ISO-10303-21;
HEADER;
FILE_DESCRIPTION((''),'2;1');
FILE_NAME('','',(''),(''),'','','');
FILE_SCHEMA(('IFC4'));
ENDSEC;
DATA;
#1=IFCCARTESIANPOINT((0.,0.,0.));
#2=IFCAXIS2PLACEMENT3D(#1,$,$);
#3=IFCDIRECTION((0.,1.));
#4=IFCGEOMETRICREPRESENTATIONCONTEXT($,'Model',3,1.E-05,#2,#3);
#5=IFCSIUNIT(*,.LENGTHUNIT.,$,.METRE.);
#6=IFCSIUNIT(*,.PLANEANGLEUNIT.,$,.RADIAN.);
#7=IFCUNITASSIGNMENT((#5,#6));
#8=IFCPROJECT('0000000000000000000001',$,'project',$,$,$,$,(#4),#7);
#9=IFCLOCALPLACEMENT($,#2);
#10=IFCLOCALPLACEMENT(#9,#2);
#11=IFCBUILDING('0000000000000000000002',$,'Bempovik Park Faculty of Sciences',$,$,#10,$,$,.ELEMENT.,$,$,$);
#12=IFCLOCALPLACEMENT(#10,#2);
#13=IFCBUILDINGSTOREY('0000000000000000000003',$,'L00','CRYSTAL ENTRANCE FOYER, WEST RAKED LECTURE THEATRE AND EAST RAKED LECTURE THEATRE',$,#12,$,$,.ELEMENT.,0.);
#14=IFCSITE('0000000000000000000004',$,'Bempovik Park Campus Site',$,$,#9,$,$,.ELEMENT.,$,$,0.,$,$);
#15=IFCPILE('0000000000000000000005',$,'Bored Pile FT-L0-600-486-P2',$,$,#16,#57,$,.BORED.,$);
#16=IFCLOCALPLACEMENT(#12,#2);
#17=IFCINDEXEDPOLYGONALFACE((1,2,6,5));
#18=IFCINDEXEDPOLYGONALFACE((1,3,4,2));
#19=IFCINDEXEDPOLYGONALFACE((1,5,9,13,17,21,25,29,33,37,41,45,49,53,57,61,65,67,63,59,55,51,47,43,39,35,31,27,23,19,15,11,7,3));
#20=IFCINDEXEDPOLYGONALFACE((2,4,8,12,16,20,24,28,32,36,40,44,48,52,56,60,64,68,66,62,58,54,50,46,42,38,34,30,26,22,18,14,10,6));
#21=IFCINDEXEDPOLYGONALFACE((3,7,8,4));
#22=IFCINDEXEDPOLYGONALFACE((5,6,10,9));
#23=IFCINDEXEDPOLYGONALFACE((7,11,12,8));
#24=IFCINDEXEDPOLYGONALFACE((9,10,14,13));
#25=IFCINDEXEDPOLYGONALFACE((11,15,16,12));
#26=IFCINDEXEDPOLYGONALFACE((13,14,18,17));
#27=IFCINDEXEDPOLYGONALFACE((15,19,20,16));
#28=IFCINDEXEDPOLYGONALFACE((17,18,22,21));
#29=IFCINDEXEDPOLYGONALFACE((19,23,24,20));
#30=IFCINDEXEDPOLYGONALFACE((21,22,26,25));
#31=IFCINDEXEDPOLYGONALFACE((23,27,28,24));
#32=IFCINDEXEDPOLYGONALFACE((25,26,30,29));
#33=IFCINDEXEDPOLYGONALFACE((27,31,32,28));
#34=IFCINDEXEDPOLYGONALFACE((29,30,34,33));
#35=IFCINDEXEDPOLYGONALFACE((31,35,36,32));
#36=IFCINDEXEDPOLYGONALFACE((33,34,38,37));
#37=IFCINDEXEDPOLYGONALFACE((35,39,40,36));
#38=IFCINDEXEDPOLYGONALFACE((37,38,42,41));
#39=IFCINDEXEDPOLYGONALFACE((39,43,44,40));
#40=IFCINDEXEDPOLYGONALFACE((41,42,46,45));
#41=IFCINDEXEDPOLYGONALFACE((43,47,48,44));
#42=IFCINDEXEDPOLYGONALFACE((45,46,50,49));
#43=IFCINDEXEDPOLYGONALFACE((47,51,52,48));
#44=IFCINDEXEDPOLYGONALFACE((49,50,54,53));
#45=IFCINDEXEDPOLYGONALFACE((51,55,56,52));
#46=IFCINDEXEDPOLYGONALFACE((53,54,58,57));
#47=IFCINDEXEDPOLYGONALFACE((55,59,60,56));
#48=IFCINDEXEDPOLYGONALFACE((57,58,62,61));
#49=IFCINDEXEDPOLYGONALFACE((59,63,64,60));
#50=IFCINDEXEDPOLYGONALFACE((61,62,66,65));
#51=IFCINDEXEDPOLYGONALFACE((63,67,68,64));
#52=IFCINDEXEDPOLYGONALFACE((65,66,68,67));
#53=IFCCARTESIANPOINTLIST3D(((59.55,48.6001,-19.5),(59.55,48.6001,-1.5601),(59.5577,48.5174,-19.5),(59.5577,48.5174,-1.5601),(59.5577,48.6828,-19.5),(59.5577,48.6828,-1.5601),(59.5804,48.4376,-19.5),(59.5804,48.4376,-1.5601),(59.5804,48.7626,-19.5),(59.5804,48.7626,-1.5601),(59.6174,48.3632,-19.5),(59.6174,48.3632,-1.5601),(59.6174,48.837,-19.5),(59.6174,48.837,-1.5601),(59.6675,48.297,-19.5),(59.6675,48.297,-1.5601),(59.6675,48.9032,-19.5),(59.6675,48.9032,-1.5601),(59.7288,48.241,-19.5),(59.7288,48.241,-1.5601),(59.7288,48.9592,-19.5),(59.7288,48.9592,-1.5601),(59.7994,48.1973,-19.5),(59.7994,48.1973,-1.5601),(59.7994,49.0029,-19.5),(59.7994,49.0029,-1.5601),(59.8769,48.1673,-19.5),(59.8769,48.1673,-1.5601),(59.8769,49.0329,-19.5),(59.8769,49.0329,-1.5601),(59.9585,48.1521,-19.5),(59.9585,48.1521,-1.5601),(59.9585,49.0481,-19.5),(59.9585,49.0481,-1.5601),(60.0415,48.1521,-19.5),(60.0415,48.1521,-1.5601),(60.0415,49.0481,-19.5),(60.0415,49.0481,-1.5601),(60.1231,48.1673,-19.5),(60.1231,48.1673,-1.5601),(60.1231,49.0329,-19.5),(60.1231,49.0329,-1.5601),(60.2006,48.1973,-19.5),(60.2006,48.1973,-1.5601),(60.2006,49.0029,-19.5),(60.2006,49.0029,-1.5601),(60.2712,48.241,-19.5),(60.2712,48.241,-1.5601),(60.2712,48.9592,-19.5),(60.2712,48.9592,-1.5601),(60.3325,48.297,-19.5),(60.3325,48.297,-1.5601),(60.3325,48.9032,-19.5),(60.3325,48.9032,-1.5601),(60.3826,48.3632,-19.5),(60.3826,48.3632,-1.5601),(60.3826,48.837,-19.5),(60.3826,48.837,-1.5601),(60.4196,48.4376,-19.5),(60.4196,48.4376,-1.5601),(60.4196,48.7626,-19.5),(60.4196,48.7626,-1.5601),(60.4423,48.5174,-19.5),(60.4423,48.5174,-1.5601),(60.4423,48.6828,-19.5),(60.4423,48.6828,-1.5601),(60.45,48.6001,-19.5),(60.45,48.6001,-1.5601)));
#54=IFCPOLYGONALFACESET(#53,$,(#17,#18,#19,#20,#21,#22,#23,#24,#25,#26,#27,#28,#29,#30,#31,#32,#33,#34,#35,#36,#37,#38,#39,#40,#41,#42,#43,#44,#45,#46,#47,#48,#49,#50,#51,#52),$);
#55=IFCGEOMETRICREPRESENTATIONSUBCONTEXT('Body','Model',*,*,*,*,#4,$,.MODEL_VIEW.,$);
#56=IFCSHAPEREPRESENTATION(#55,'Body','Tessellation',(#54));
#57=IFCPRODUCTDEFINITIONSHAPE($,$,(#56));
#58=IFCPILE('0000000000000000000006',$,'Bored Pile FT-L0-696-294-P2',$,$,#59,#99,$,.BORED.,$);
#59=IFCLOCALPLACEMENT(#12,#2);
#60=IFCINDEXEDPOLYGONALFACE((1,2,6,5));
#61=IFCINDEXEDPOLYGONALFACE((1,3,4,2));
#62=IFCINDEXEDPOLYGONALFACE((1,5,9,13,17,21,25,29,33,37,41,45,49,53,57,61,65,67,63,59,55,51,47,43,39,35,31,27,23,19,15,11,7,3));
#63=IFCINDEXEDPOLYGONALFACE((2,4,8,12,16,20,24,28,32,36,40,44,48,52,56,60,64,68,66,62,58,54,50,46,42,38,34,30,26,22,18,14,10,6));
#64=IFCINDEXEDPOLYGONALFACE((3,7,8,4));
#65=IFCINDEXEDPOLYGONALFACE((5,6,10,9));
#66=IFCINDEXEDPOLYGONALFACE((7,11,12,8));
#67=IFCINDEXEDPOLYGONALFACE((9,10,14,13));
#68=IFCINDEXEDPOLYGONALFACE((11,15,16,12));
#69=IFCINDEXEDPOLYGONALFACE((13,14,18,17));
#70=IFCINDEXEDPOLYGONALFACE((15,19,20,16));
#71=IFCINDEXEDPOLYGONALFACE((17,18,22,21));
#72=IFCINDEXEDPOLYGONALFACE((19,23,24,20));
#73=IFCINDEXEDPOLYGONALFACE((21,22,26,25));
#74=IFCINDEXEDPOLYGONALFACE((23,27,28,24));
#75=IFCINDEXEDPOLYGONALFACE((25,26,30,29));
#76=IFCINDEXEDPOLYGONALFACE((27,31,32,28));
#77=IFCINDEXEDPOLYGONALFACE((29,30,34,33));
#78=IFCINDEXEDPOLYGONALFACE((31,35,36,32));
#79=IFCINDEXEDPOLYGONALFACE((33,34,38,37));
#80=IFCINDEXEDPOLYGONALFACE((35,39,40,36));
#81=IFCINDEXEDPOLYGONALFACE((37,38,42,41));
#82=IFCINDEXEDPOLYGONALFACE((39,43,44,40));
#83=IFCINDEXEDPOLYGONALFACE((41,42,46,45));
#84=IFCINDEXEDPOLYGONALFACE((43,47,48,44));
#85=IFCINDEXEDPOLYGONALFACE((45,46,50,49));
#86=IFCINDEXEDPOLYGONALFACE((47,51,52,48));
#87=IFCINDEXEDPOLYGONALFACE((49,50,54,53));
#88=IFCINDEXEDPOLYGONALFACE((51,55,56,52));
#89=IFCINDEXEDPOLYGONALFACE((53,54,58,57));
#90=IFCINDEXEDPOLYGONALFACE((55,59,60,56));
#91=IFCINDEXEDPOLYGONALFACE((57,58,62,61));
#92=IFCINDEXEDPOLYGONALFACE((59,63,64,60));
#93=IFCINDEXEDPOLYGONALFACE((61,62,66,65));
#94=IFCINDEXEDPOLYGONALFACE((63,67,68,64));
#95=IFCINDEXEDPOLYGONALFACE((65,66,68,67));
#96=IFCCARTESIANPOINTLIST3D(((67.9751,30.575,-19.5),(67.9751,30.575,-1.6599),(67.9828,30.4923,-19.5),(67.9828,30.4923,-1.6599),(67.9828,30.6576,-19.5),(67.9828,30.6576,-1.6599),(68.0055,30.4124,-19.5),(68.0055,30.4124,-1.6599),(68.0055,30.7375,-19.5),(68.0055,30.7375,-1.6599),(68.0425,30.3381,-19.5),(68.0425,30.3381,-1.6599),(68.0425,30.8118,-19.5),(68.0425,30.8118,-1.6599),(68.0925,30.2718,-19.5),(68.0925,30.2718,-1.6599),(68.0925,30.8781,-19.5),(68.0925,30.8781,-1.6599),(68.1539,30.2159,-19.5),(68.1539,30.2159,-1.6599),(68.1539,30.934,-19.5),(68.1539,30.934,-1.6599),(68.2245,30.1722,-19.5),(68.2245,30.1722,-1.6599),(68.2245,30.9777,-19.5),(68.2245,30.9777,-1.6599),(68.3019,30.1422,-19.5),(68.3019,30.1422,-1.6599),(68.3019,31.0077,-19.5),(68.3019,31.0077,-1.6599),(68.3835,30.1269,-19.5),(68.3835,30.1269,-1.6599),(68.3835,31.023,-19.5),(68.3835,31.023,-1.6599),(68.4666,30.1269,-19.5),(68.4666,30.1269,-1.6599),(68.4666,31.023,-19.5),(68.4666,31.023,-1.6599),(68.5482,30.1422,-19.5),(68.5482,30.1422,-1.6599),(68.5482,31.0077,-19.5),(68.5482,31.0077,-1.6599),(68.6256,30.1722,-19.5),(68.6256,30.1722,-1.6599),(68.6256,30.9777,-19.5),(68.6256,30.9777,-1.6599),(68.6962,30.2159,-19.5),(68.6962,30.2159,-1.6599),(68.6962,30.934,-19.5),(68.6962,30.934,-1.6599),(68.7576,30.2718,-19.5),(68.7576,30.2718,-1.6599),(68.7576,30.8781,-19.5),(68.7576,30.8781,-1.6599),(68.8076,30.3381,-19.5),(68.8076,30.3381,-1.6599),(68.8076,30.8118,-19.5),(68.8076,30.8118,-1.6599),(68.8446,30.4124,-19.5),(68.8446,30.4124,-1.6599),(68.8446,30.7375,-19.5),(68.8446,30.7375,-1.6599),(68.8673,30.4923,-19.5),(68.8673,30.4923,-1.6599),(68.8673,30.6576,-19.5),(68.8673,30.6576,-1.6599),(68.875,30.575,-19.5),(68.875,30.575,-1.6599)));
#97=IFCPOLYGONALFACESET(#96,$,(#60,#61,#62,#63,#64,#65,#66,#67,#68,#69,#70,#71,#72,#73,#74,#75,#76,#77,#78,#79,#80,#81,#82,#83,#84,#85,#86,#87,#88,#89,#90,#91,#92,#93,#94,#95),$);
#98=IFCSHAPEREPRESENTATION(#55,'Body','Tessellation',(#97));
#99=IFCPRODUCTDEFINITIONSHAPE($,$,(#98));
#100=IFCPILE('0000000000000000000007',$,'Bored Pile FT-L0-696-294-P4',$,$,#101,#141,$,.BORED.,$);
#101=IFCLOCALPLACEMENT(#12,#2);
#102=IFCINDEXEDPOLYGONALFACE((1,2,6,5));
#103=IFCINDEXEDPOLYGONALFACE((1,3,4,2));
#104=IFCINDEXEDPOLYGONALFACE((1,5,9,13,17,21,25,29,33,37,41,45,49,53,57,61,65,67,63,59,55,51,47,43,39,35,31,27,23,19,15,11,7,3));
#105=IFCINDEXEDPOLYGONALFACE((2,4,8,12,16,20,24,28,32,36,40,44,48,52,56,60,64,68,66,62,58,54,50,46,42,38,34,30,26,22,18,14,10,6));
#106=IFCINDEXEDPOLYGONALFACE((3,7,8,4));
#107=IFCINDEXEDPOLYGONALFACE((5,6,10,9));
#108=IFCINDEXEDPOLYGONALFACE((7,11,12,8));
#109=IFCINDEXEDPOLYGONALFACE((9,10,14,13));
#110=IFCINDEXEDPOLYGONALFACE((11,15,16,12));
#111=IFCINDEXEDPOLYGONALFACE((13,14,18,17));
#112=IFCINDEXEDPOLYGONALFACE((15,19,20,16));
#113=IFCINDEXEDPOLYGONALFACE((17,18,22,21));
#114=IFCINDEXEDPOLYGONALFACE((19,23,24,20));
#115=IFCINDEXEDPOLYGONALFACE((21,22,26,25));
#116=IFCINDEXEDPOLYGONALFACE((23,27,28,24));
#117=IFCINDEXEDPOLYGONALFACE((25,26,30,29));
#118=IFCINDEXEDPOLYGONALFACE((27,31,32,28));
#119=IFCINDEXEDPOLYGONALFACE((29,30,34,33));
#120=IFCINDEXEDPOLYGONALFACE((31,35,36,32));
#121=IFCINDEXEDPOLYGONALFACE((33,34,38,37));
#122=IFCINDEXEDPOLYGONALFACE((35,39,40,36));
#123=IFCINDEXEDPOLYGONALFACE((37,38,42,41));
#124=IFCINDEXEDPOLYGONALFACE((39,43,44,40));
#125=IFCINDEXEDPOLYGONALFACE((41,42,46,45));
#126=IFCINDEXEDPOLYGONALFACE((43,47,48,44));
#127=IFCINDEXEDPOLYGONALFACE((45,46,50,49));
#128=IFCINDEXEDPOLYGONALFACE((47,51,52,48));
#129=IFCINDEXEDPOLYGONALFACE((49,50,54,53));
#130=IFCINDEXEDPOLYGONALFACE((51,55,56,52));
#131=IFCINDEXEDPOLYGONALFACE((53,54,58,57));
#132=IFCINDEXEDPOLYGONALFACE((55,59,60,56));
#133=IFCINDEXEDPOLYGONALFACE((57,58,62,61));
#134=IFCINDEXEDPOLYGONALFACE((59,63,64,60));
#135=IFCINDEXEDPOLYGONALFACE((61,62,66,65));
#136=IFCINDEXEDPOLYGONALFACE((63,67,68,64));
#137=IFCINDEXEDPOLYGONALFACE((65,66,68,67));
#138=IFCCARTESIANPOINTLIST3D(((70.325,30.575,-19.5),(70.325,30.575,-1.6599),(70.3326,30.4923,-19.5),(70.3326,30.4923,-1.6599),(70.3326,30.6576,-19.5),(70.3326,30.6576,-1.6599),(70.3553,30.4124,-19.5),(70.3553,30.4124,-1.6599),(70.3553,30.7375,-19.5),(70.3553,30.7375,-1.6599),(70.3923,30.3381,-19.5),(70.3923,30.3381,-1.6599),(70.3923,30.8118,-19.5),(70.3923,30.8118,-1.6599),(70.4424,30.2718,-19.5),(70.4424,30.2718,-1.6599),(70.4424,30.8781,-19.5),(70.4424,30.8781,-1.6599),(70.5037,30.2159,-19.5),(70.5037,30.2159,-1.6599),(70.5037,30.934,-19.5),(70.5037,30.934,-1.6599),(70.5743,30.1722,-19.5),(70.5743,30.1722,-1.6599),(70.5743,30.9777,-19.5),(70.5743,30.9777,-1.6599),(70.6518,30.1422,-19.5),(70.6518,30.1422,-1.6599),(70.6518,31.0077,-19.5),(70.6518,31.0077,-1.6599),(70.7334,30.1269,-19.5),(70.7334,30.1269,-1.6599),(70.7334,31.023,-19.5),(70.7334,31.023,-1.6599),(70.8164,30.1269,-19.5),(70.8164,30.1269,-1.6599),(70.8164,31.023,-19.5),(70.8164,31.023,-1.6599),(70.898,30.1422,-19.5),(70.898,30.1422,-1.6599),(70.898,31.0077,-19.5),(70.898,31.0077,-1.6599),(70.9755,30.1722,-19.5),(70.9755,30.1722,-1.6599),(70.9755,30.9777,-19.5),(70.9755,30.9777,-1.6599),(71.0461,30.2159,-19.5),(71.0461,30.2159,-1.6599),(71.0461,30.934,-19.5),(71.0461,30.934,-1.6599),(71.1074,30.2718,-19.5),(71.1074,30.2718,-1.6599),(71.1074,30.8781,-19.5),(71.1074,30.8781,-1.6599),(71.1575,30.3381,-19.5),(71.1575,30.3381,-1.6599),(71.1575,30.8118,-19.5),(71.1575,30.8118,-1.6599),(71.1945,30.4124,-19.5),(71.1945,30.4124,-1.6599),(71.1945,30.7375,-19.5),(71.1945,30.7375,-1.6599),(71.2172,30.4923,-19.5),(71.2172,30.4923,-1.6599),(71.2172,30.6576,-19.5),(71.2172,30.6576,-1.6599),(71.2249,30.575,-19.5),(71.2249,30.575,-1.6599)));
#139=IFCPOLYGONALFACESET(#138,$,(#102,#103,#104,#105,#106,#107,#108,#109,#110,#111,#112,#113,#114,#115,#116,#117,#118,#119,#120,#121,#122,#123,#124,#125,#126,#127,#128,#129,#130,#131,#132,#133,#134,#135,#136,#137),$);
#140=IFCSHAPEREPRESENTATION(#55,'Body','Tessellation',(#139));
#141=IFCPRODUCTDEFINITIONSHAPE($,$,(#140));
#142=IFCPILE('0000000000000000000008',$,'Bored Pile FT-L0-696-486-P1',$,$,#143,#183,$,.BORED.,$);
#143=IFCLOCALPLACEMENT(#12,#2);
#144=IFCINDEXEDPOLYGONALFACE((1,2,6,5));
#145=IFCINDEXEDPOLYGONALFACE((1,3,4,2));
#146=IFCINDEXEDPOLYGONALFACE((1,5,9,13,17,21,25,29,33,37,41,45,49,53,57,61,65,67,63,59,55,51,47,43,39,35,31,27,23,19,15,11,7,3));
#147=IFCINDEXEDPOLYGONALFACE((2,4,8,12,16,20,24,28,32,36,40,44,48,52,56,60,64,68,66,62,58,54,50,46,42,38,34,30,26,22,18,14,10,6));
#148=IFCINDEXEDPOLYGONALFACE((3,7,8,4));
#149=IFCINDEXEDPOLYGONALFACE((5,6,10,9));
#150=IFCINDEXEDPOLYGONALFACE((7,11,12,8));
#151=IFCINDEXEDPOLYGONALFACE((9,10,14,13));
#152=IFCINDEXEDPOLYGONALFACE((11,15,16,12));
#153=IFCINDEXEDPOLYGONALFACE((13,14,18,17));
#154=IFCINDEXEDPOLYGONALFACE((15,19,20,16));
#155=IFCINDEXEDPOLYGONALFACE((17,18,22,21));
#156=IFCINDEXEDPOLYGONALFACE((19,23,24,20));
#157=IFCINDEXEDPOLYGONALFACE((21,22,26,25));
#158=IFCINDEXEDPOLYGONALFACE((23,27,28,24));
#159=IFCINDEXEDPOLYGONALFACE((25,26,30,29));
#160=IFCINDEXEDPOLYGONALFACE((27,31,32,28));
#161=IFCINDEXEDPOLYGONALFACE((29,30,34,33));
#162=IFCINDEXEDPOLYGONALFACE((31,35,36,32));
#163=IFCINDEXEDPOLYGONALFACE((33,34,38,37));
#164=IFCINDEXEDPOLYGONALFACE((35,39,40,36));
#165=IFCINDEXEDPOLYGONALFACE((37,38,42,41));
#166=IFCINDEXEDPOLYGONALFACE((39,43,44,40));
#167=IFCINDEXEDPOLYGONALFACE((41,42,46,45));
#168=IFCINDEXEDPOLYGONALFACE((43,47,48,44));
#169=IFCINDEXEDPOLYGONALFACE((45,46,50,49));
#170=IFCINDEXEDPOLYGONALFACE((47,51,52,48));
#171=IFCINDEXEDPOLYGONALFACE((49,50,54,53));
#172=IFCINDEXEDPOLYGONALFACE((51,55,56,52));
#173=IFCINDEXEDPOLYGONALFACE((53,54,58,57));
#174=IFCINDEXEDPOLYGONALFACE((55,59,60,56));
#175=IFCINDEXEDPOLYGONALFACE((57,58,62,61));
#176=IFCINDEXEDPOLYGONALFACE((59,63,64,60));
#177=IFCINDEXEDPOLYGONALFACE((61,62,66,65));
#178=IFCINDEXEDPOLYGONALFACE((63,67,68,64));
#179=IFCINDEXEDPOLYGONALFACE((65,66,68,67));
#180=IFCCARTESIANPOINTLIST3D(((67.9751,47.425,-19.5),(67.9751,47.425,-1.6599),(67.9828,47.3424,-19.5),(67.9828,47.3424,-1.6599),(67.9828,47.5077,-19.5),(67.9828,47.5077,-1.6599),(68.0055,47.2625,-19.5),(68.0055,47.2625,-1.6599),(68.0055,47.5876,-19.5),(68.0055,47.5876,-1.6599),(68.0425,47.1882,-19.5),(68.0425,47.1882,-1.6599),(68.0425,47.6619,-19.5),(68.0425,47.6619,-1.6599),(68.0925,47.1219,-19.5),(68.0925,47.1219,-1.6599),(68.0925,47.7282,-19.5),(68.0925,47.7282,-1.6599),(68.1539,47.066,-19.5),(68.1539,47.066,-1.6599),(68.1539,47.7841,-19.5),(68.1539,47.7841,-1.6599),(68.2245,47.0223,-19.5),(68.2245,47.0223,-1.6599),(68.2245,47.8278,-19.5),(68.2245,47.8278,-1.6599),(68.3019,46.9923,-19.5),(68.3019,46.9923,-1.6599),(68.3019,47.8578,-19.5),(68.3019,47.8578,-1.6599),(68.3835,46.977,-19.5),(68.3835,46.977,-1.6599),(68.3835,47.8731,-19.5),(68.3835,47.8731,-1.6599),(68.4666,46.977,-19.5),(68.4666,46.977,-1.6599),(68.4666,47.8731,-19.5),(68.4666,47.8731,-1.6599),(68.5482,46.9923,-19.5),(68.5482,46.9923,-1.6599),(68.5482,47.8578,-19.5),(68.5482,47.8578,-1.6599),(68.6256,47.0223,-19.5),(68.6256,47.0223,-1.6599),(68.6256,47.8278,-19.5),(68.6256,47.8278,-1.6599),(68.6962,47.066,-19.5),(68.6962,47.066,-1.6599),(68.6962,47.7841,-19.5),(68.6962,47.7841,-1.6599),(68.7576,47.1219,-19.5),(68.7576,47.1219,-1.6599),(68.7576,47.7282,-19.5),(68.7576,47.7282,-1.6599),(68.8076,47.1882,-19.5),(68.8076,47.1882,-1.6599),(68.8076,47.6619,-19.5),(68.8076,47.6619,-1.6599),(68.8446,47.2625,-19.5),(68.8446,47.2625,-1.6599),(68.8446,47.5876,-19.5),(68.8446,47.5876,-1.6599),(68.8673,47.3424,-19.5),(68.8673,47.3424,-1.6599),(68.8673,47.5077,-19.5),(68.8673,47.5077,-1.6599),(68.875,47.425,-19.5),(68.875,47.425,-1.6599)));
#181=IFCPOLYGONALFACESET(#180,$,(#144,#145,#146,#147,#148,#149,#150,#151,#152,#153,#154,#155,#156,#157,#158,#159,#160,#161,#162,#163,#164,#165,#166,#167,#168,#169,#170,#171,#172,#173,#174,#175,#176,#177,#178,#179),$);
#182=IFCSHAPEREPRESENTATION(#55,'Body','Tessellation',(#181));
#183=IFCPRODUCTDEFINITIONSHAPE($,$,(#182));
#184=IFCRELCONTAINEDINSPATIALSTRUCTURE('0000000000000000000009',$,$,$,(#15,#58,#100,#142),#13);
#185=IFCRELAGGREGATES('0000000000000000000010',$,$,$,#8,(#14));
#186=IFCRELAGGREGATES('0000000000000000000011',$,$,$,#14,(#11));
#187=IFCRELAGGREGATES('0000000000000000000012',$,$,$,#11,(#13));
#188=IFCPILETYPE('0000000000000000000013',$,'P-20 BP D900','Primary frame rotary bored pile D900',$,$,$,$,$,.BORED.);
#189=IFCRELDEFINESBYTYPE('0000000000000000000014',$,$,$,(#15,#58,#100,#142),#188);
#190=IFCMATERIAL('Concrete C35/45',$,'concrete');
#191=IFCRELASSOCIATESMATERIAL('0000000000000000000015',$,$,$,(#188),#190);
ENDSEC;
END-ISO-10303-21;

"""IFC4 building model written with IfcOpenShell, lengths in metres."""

from ifc_helpers import new_model, si_unit, direction, frame, origin, origin_2d, place, context, subcontext, project, spatial, circle, extrude, material, material_profile, profile_set, type_object, element, save


model = new_model("IFC4")

# Units and contexts
model_context = context("Model", 3, precision=1e-05, world=origin(), true_north=direction((0.0, 1.0)))
body_context = subcontext(model_context, "Body", "Model", "MODEL_VIEW")
ifc_project = project(units=[si_unit("LENGTHUNIT", "METRE"), si_unit("PLANEANGLEUNIT", "RADIAN")], contexts=[model_context])

# Site, building, storey
site_placement = place(None, origin())
site = spatial("IfcSite", under=ifc_project, at=site_placement, Name="Bempovik Park Campus Site", CompositionType="ELEMENT", RefElevation=0.0)
building_placement = place(site_placement, origin())
building = spatial("IfcBuilding", under=site, at=building_placement, Name="Bempovik Park Faculty of Sciences", CompositionType="ELEMENT")
storey_placement = place(building_placement, origin())
storey = spatial("IfcBuildingStorey", under=building, at=storey_placement, Name="L00", Description="CRYSTAL ENTRANCE FOYER, WEST RAKED LECTURE THEATRE AND EAST RAKED LECTURE THEATRE", CompositionType="ELEMENT", Elevation=0.0)

# Shared definitions
ifc_material_1 = material(Name="Concrete C35/45", Category="concrete")

# Piles
ifc_material_profile_1 = material_profile(ifc_material_1, circle(Radius=0.45, at=origin_2d()), Name="BP D900")
ifc_profile_set_1 = profile_set([ifc_material_profile_1], Name="Concrete C35/45")
pile_type = type_object("IfcPileType", Name="P-20 BP D900", Description="Primary frame rotary bored pile D900", PredefinedType="BORED", material=ifc_profile_set_1)
for number, where, z_axis, x_axis, name in (
    (1, (60.0, 48.6001, -1.5601), (0.0, 0.0, -1.0), (1.0, 0.0, 0.0), "Bored Pile FT-L0-600-486-P2"),
):
    element("IfcPile", number, at=place(storey_placement, frame(where, z_axis=z_axis, x_axis=x_axis)), inside=storey, type_object=pile_type, Name=name, PredefinedType="BORED", context=body_context, shape_type="SweptSolid", body=[
        extrude(circle(Radius=0.45, at=origin_2d()), origin(), (0.0, 0.0, 1.0), 17.9399),
    ])
for number, where, z_axis, x_axis, name in (
    (2, (68.425, 30.575, -1.6599), (0.0, 0.0, -1.0), (1.0, 0.0, 0.0), "Bored Pile FT-L0-696-294-P2"),
    (3, (70.7749, 30.575, -1.6599), (0.0, 0.0, -1.0), (1.0, 0.0, 0.0), "Bored Pile FT-L0-696-294-P4"),
    (4, (68.425, 47.425, -1.6599), (0.0, 0.0, -1.0), (1.0, 0.0, 0.0), "Bored Pile FT-L0-696-486-P1"),
):
    element("IfcPile", number, at=place(storey_placement, frame(where, z_axis=z_axis, x_axis=x_axis)), inside=storey, type_object=pile_type, Name=name, PredefinedType="BORED", context=body_context, shape_type="SweptSolid", body=[
        extrude(circle(Radius=0.45, at=origin_2d()), origin(), (0.0, 0.0, 1.0), 17.8401),
    ])

save(model, "model.ifc")
